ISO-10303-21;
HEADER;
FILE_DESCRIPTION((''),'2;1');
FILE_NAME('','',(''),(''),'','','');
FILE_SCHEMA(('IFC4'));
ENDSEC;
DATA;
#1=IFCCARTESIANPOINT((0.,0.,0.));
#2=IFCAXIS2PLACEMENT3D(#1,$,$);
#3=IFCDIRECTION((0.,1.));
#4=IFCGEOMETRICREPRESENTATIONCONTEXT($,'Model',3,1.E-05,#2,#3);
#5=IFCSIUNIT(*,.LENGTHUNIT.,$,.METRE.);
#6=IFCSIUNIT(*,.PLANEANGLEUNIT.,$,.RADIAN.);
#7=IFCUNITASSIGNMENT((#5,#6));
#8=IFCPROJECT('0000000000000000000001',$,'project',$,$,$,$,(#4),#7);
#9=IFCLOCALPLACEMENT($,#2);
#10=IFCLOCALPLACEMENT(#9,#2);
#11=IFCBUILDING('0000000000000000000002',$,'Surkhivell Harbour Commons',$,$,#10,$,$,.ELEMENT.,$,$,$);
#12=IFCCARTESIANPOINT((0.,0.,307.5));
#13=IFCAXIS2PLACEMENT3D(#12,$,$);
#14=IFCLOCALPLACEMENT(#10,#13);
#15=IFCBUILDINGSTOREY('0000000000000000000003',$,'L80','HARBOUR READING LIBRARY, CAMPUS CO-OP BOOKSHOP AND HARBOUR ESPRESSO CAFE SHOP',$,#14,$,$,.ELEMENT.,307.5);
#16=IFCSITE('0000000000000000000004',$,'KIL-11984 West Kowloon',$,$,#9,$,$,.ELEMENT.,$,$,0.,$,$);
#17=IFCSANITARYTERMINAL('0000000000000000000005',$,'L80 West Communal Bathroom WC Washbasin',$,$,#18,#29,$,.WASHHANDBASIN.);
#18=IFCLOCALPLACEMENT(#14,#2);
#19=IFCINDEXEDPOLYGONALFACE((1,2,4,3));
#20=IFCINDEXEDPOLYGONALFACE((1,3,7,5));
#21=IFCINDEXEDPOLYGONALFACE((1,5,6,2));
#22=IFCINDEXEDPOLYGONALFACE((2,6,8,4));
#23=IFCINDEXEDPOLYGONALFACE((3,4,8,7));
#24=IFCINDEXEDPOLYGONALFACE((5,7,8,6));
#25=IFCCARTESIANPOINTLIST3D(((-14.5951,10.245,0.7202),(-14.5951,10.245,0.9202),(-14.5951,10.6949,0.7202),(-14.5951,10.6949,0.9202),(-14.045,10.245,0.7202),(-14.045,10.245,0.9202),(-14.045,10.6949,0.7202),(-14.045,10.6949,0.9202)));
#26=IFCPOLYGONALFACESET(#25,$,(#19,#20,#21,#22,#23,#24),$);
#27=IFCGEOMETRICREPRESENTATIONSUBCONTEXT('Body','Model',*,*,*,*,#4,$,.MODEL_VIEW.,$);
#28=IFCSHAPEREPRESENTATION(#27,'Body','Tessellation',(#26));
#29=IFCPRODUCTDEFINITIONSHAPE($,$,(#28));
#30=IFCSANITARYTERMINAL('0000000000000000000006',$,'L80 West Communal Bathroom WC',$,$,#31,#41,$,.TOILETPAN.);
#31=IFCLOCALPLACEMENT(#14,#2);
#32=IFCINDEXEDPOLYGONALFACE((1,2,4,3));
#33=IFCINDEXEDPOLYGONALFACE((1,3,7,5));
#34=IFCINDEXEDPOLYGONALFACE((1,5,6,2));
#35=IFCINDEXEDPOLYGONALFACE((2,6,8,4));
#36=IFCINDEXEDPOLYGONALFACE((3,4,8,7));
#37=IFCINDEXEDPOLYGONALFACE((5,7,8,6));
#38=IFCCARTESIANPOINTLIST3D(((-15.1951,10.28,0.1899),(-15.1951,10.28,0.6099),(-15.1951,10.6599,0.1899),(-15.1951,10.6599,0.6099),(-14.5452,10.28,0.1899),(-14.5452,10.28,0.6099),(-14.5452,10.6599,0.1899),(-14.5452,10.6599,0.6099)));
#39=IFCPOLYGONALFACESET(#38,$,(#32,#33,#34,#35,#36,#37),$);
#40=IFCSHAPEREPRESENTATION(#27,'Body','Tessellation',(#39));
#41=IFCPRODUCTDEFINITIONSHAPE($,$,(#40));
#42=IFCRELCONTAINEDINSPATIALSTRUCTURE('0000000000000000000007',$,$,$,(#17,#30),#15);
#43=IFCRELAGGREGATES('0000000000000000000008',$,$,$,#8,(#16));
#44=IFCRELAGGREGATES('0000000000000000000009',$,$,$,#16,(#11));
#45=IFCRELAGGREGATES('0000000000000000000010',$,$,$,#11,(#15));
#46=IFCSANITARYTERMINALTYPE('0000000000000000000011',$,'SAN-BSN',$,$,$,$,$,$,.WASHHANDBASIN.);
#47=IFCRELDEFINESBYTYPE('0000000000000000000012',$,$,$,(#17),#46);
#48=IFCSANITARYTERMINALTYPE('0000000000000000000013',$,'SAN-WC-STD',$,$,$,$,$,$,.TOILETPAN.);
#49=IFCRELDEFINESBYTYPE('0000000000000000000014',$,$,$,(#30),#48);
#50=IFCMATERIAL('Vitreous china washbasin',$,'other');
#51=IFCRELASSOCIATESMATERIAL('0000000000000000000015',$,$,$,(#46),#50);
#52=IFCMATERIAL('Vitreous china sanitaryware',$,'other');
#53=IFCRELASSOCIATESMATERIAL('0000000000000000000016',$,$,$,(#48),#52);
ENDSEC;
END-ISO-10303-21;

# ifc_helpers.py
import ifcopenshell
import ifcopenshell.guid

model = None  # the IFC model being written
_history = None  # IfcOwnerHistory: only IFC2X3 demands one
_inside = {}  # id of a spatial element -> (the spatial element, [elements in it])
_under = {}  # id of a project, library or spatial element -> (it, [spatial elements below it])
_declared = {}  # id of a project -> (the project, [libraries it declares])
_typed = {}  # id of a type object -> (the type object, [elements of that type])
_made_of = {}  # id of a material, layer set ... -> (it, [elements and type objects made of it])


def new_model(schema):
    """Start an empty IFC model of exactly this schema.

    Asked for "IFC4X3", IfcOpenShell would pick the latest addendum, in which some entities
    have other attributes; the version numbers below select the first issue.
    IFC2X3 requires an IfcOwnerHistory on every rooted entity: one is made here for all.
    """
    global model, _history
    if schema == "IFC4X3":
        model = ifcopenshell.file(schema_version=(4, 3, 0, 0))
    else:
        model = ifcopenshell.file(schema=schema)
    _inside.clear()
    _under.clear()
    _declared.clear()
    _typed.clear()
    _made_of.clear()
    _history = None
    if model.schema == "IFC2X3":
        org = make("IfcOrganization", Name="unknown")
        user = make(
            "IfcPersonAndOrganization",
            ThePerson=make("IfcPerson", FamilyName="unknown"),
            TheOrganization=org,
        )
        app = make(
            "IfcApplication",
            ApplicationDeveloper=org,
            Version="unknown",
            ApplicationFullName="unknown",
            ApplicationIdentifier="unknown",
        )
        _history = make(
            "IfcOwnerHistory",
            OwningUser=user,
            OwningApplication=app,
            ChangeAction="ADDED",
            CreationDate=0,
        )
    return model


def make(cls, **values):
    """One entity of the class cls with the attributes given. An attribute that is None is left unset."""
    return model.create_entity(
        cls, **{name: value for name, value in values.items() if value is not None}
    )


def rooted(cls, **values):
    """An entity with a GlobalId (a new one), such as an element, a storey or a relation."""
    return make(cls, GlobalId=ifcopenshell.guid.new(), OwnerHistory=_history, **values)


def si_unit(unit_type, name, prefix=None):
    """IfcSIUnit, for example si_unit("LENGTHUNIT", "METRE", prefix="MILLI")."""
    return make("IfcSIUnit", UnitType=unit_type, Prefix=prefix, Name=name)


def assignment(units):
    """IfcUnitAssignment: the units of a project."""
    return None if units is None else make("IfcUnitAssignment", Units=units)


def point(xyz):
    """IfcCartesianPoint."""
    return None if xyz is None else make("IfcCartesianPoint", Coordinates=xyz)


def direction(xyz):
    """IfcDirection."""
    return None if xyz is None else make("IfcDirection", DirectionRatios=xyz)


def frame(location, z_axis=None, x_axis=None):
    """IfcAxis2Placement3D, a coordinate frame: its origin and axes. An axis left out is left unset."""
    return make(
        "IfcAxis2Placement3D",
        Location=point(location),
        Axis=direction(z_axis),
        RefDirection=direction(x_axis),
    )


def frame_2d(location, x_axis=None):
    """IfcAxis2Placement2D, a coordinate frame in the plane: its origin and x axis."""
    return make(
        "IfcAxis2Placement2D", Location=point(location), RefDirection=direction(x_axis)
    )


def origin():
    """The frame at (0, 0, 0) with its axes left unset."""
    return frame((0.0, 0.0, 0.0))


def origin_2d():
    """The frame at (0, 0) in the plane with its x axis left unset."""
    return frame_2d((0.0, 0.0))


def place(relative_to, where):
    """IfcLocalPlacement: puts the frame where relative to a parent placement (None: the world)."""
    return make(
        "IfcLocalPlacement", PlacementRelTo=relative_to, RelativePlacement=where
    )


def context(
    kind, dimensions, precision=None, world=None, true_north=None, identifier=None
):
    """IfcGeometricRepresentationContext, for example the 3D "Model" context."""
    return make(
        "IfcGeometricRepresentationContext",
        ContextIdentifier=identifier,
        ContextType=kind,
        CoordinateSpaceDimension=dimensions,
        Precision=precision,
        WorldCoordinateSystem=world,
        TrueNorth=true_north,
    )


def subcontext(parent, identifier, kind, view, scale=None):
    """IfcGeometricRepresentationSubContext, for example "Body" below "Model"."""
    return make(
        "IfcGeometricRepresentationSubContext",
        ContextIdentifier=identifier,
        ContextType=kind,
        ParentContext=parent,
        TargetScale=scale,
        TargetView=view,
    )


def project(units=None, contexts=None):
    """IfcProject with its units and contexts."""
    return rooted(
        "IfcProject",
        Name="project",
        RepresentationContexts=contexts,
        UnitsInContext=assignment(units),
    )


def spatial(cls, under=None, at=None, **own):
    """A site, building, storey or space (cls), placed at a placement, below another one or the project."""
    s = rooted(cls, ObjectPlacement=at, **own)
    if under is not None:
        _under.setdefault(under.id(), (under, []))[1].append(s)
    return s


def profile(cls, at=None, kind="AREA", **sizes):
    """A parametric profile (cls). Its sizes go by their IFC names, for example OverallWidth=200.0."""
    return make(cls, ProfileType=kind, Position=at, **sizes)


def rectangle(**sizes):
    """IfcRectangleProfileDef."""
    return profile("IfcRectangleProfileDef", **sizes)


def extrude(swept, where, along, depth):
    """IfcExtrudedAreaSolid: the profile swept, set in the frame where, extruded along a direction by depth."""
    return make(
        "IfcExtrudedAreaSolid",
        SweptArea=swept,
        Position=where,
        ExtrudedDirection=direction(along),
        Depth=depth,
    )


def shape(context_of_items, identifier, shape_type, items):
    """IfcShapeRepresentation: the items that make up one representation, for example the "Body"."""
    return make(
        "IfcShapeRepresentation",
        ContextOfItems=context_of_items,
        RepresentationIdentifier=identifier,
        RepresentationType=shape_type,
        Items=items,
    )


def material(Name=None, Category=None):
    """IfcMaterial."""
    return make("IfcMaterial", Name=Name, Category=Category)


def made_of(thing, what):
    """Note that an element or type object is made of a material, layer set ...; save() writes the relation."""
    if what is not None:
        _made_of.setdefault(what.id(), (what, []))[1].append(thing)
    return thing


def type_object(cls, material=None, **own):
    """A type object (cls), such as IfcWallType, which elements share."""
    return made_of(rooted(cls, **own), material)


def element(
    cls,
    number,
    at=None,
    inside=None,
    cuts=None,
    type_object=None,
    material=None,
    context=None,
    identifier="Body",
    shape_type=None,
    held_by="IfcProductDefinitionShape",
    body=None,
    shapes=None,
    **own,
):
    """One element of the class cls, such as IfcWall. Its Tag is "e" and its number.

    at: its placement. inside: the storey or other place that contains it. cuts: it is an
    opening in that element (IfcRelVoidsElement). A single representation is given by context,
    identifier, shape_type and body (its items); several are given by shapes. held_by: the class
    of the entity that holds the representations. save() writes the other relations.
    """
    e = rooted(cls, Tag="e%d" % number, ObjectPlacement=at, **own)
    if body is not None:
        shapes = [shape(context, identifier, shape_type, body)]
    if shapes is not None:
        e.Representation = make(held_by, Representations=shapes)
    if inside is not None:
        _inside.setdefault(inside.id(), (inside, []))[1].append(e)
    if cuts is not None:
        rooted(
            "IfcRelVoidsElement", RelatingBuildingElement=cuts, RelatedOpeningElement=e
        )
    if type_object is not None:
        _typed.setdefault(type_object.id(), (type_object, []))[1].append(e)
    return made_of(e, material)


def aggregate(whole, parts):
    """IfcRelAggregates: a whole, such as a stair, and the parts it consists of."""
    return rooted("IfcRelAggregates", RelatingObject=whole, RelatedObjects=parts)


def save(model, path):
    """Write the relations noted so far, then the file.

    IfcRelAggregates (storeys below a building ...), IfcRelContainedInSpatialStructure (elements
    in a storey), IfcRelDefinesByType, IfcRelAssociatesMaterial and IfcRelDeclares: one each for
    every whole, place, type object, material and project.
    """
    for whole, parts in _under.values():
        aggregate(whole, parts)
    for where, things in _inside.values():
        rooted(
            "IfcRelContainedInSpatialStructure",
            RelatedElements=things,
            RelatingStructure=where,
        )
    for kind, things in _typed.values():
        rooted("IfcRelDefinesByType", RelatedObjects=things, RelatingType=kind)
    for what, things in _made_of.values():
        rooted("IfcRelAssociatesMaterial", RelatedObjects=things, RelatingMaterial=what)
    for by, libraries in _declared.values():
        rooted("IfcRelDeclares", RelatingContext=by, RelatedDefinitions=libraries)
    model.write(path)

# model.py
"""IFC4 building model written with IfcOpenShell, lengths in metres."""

from ifc_helpers import new_model, si_unit, direction, frame, origin, origin_2d, place, context, subcontext, project, spatial, rectangle, extrude, material, type_object, element, save


model = new_model("IFC4")

# Units and contexts
model_context = context("Model", 3, precision=1e-05, world=origin(), true_north=direction((0.0, 1.0)))
body_context = subcontext(model_context, "Body", "Model", "MODEL_VIEW")
ifc_project = project(units=[si_unit("LENGTHUNIT", "METRE"), si_unit("PLANEANGLEUNIT", "RADIAN")], contexts=[model_context])

# Site, building, storey
site_placement = place(None, origin())
site = spatial("IfcSite", under=ifc_project, at=site_placement, Name="KIL-11984 West Kowloon", CompositionType="ELEMENT", RefElevation=0.0)
building_placement = place(site_placement, origin())
building = spatial("IfcBuilding", under=site, at=building_placement, Name="Surkhivell Harbour Commons", CompositionType="ELEMENT")
storey_placement = place(building_placement, frame((0.0, 0.0, 307.5)))
storey = spatial("IfcBuildingStorey", under=building, at=storey_placement, Name="L80", Description="HARBOUR READING LIBRARY, CAMPUS CO-OP BOOKSHOP AND HARBOUR ESPRESSO CAFE SHOP", CompositionType="ELEMENT", Elevation=307.5)

# Sanitary terminals
ifc_material_1 = material(Name="Vitreous china washbasin", Category="other")
sanitary_terminal_type_1 = type_object("IfcSanitaryTerminalType", Name="SAN-BSN", PredefinedType="WASHHANDBASIN", material=ifc_material_1)
sanitary_terminal_1_placement = place(storey_placement, frame((-14.3201, 10.47, 0.7202), z_axis=(0.0, 0.0, 1.0), x_axis=(1.0, 0.0, 0.0)))
element("IfcSanitaryTerminal", 1, at=sanitary_terminal_1_placement, inside=storey, type_object=sanitary_terminal_type_1, Name="L80 West Communal Bathroom WC Washbasin", PredefinedType="WASHHANDBASIN", context=body_context, shape_type="SweptSolid", body=[
    extrude(rectangle(XDim=0.55, YDim=0.45, at=origin_2d()), origin(), (0.0, 0.0, 1.0), 0.2),
])
ifc_material_2 = material(Name="Vitreous china sanitaryware", Category="other")
sanitary_terminal_type_2 = type_object("IfcSanitaryTerminalType", Name="SAN-WC-STD", PredefinedType="TOILETPAN", material=ifc_material_2)
sanitary_terminal_2_placement = place(storey_placement, frame((-14.8701, 10.47, 0.1899), z_axis=(0.0, 0.0, 1.0), x_axis=(1.0, 0.0, 0.0)))
element("IfcSanitaryTerminal", 2, at=sanitary_terminal_2_placement, inside=storey, type_object=sanitary_terminal_type_2, Name="L80 West Communal Bathroom WC", PredefinedType="TOILETPAN", context=body_context, shape_type="SweptSolid", body=[
    extrude(rectangle(XDim=0.6499, YDim=0.3799, at=origin_2d()), origin(), (0.0, 0.0, 1.0), 0.4199),
])

save(model, "model.ifc")
